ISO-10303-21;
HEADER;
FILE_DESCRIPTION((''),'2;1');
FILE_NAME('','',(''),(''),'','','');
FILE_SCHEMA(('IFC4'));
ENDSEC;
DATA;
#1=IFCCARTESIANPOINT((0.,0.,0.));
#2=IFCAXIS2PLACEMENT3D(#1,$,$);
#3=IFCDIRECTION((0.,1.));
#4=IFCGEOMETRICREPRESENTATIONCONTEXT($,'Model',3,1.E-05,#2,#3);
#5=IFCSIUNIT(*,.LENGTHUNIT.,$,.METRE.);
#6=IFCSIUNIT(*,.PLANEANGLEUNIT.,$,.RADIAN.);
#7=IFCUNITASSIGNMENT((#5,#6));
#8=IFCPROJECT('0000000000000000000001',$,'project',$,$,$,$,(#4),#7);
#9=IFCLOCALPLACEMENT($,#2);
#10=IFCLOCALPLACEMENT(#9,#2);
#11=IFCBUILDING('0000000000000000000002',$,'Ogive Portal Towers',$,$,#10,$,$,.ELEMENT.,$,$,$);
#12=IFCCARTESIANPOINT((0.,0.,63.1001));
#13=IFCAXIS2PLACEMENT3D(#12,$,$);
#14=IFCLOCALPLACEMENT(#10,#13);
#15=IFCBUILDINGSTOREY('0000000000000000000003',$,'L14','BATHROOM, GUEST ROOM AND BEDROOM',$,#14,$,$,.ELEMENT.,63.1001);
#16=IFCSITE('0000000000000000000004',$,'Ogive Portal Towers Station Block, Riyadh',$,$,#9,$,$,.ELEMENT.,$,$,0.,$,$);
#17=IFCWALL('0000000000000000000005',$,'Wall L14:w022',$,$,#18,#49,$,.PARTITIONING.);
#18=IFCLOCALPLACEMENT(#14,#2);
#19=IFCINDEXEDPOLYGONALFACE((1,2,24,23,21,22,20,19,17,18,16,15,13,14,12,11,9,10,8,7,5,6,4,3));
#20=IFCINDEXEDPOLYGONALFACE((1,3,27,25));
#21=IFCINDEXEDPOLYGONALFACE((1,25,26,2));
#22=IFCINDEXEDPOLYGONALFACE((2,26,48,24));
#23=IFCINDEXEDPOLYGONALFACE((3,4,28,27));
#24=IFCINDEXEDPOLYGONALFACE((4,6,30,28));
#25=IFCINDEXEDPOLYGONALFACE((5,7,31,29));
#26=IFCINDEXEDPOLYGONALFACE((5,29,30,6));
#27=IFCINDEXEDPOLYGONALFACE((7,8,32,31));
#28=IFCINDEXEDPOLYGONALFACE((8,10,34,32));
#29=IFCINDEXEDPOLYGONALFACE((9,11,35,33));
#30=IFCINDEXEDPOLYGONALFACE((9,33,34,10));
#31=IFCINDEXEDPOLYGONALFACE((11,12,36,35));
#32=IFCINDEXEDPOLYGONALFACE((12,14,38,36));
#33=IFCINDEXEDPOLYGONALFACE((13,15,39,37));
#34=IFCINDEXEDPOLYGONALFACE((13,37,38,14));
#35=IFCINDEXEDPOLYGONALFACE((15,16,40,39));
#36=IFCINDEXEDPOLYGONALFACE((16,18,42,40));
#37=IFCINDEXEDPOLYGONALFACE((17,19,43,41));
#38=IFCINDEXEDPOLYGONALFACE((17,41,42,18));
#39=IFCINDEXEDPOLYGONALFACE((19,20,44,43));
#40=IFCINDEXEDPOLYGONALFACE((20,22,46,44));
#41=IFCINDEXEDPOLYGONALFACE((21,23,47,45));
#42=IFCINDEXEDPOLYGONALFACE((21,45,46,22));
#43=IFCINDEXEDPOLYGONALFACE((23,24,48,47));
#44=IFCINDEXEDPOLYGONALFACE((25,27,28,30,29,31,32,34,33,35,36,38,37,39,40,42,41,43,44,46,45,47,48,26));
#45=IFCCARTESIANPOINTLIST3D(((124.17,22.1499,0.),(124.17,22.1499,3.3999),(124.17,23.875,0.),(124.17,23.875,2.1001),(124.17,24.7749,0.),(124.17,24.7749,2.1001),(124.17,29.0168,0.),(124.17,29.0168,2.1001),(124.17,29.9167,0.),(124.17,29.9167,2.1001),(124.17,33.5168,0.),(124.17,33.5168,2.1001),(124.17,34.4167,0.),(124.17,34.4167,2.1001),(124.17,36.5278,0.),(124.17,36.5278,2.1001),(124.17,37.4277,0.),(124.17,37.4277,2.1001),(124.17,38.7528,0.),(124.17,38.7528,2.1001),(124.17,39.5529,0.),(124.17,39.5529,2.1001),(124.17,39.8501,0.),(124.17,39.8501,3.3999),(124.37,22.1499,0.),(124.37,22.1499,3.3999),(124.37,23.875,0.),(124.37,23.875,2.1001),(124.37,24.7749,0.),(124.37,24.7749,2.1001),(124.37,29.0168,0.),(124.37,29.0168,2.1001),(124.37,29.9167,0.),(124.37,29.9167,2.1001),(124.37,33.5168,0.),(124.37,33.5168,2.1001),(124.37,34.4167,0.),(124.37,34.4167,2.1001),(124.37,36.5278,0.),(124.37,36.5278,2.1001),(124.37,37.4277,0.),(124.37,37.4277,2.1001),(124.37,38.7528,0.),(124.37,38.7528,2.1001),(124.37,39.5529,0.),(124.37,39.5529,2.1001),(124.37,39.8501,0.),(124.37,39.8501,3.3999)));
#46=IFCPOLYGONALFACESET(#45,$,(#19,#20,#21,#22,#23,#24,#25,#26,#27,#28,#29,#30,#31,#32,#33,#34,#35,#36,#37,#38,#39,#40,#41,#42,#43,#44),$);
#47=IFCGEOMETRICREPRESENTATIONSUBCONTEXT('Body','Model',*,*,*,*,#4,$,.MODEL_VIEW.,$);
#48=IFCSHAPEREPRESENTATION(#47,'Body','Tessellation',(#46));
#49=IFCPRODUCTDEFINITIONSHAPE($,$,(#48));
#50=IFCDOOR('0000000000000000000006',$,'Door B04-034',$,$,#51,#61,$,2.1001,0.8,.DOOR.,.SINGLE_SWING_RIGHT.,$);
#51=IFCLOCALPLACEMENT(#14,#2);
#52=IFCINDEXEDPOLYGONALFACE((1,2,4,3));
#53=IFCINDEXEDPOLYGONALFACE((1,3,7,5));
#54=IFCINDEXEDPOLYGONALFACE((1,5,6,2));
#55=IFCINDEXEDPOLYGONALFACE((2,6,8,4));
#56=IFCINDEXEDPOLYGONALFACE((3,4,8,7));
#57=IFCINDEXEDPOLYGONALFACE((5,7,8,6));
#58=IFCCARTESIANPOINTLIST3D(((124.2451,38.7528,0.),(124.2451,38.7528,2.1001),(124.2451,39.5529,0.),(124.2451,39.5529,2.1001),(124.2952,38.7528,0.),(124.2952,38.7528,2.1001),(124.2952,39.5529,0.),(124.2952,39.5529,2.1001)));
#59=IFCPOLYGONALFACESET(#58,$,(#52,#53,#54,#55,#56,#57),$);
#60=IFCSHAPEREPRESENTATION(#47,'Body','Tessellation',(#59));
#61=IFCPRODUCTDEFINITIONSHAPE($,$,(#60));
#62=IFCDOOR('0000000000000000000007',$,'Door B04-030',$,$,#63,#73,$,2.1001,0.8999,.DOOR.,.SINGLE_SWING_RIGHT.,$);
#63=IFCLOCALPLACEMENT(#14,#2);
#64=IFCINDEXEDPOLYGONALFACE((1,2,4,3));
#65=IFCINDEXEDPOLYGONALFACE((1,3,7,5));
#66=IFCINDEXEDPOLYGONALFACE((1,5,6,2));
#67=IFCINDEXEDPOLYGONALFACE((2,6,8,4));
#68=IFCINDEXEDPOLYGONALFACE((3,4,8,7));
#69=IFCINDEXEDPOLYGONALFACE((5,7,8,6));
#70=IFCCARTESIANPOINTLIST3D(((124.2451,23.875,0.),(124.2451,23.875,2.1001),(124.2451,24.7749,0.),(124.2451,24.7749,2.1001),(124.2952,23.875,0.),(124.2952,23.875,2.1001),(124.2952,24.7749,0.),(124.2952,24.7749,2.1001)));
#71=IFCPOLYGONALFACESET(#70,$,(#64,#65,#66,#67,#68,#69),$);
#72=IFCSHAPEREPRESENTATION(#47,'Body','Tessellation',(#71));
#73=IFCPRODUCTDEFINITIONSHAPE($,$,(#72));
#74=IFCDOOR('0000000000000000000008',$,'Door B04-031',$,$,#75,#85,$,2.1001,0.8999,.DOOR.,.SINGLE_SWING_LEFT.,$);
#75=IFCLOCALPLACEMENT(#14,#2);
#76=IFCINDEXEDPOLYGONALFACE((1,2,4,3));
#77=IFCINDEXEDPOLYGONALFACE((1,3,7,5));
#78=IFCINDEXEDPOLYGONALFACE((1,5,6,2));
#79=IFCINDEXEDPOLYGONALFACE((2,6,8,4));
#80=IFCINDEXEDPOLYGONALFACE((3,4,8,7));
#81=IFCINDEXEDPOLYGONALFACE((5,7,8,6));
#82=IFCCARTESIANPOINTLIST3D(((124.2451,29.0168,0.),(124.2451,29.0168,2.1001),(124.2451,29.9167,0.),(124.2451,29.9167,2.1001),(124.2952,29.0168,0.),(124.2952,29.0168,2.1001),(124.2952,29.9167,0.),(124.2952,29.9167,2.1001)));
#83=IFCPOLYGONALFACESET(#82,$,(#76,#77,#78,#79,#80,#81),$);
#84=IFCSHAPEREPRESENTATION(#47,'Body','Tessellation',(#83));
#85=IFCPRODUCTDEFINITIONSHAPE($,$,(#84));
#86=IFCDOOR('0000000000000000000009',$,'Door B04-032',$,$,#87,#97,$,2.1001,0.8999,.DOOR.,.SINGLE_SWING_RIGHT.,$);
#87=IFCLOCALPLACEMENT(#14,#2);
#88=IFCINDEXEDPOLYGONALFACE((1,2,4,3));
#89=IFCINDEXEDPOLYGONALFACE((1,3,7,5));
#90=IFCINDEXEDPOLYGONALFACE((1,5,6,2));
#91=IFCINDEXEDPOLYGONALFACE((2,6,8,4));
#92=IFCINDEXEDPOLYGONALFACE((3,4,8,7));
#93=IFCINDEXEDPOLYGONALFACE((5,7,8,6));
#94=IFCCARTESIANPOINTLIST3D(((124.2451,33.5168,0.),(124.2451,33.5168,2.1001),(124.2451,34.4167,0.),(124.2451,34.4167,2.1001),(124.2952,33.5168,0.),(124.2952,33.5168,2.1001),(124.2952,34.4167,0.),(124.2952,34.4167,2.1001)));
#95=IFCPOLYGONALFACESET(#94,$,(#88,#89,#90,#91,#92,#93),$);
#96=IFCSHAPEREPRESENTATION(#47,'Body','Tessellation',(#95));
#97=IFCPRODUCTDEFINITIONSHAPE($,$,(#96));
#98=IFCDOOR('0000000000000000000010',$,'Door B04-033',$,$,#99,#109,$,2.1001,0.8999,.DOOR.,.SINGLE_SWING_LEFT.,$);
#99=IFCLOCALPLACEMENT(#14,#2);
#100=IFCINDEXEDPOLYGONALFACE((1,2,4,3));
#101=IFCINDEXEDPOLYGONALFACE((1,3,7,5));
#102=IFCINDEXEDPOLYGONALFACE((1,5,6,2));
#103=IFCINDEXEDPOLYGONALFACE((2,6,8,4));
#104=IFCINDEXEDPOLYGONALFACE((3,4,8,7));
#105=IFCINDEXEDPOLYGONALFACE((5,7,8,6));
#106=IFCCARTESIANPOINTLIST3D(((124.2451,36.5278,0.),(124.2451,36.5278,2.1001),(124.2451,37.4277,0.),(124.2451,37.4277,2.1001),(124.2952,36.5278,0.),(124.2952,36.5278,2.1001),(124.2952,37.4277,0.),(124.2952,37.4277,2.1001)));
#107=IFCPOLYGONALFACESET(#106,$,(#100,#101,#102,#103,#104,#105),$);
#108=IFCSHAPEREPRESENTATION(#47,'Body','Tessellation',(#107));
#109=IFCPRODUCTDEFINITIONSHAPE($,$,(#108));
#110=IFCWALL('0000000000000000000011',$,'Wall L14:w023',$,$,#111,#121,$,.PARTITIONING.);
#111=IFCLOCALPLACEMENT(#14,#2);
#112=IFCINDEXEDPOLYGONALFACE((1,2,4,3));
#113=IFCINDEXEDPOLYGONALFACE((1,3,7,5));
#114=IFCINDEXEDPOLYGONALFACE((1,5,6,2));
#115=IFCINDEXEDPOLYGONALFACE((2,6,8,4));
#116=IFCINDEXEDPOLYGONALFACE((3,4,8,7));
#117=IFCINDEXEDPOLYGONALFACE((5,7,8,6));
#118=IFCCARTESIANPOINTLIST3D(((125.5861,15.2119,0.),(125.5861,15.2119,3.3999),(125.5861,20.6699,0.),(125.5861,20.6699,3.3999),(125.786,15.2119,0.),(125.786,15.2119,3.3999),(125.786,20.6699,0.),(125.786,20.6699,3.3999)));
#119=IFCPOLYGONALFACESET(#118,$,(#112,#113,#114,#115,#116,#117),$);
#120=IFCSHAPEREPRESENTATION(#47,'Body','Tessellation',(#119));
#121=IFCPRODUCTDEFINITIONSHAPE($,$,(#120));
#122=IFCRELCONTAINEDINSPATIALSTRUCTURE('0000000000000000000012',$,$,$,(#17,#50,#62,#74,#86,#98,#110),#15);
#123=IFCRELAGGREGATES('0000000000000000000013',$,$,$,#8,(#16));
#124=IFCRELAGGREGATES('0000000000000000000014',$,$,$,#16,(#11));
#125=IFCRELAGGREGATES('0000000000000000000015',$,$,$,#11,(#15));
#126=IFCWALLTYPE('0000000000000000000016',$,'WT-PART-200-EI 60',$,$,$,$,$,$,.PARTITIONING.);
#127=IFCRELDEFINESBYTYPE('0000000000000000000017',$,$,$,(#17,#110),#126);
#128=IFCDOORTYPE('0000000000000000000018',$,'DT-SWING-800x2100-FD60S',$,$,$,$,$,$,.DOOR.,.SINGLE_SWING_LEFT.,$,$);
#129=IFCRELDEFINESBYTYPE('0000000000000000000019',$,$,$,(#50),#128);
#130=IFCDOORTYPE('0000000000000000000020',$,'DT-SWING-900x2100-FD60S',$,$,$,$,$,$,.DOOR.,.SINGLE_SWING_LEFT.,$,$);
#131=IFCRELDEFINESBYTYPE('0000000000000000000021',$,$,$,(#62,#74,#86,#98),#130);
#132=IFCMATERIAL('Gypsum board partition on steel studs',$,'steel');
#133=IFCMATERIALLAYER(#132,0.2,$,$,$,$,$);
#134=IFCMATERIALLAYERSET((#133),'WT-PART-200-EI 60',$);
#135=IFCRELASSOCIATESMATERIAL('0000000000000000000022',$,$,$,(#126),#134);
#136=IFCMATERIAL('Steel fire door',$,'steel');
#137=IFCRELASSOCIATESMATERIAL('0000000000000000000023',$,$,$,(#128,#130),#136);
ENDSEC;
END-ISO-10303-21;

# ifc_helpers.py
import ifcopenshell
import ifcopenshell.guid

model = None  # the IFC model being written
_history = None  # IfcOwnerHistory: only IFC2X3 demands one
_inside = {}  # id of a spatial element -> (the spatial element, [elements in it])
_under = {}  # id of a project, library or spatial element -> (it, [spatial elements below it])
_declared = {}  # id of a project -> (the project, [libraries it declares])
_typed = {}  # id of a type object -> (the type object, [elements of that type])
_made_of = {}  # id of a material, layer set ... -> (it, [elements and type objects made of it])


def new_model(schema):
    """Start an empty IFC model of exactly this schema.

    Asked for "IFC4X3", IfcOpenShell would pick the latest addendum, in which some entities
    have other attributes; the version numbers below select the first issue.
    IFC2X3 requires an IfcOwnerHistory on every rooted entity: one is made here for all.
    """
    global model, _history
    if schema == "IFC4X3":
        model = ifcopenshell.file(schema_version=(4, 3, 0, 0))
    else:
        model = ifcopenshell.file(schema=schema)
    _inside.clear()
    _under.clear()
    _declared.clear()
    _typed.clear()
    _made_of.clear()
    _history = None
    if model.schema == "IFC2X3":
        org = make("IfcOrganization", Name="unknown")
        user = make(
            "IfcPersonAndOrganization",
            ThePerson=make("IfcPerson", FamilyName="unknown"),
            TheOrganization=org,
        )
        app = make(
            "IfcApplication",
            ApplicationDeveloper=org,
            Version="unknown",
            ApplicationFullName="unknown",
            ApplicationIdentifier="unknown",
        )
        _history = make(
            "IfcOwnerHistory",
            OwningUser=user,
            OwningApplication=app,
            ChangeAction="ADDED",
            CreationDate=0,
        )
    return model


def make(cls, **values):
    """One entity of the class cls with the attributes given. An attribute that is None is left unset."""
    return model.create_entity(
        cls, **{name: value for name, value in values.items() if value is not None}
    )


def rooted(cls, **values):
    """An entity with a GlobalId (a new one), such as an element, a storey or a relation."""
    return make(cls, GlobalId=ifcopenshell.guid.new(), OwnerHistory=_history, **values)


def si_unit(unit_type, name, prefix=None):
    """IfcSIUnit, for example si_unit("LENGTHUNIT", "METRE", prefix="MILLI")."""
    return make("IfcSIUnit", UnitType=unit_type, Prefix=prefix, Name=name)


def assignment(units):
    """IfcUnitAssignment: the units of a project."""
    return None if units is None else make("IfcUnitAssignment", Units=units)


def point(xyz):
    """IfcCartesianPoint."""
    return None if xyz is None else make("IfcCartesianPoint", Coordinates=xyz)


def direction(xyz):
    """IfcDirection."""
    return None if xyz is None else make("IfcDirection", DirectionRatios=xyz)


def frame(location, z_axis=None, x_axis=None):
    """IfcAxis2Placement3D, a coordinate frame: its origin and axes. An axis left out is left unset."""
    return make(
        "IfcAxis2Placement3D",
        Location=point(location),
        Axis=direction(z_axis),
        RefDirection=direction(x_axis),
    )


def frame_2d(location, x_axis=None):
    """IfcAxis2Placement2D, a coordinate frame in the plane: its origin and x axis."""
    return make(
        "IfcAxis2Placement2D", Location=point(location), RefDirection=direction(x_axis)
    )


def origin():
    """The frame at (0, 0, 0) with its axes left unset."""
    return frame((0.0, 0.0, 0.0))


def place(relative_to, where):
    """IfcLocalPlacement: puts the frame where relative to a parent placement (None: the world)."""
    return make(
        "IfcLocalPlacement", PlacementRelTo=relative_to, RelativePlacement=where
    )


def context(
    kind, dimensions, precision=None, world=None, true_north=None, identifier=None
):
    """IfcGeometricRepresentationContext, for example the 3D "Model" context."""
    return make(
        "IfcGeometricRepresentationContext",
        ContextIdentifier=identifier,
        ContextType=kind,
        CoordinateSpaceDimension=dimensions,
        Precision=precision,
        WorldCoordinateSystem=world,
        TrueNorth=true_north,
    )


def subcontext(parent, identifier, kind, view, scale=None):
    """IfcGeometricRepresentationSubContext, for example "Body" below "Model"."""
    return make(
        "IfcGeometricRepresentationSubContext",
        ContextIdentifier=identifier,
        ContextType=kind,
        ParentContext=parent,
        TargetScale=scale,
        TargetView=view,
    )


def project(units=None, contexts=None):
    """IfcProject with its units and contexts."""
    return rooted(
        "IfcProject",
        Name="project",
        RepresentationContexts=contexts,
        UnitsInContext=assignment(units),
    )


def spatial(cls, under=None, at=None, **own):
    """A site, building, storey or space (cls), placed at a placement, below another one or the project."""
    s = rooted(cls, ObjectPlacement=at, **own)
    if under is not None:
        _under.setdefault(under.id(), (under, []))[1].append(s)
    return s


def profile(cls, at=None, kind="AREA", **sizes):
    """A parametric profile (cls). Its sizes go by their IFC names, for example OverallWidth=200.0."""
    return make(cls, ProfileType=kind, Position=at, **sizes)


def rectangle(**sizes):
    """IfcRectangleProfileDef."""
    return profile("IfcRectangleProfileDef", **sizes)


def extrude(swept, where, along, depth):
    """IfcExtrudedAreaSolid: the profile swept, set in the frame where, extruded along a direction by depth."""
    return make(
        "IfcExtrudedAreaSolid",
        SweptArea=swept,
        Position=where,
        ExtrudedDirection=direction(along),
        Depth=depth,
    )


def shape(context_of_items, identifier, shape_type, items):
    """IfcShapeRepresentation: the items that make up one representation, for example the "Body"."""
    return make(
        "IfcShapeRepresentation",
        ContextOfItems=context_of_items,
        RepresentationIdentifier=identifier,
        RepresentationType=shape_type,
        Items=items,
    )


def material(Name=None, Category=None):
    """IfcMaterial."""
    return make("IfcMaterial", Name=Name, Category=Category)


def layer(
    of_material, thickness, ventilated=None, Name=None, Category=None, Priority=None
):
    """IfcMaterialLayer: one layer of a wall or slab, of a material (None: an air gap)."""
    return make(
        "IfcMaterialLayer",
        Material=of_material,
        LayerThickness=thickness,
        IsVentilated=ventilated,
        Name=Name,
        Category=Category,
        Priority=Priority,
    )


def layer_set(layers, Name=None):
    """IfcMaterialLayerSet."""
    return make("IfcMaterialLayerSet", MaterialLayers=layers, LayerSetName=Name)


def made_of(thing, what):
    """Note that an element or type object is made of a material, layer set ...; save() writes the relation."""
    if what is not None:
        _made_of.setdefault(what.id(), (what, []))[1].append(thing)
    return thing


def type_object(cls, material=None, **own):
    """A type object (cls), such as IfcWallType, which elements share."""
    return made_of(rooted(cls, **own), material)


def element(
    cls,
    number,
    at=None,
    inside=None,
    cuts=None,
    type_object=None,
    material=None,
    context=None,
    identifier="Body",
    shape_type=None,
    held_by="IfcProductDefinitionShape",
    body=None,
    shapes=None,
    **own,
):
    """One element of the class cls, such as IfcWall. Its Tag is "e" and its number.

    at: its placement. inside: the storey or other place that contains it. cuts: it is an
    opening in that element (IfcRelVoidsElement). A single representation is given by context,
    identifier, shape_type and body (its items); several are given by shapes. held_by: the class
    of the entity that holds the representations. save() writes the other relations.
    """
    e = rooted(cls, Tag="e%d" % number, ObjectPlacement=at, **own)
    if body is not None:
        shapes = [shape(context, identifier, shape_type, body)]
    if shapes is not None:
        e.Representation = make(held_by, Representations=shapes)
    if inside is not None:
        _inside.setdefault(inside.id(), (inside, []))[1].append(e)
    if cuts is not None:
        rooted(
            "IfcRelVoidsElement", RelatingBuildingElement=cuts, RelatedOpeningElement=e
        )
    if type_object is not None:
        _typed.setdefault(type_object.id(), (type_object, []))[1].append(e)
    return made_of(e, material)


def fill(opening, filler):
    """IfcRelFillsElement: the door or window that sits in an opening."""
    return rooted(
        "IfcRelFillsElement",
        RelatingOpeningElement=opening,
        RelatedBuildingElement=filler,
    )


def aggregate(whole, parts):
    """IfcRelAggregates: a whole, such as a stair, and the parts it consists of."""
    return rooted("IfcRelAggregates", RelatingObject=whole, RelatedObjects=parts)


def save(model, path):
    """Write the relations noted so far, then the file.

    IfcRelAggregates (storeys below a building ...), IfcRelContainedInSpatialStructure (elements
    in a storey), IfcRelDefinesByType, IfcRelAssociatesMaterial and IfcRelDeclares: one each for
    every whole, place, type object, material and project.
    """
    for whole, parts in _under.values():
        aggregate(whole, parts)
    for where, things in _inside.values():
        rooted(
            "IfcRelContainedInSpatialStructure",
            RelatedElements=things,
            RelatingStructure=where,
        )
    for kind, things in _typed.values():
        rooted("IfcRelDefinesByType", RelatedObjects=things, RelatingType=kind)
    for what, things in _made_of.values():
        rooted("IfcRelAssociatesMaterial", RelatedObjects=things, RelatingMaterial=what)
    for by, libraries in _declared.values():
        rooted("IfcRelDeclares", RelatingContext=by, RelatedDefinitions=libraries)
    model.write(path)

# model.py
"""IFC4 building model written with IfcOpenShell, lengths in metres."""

from ifc_helpers import new_model, si_unit, direction, frame, frame_2d, origin, place, context, subcontext, project, spatial, rectangle, extrude, material, layer, layer_set, type_object, element, fill, save


model = new_model("IFC4")

# Units and contexts
model_context = context("Model", 3, precision=1e-05, world=origin(), true_north=direction((0.0, 1.0)))
body_context = subcontext(model_context, "Body", "Model", "MODEL_VIEW")
ifc_project = project(units=[si_unit("LENGTHUNIT", "METRE"), si_unit("PLANEANGLEUNIT", "RADIAN")], contexts=[model_context])

# Site, building, storey
site_placement = place(None, origin())
site = spatial("IfcSite", under=ifc_project, at=site_placement, Name="Ogive Portal Towers Station Block, Riyadh", CompositionType="ELEMENT", RefElevation=0.0)
building_placement = place(site_placement, origin())
building = spatial("IfcBuilding", under=site, at=building_placement, Name="Ogive Portal Towers", CompositionType="ELEMENT")
storey_placement = place(building_placement, frame((0.0, 0.0, 63.1001)))
storey = spatial("IfcBuildingStorey", under=building, at=storey_placement, Name="L14", Description="BATHROOM, GUEST ROOM AND BEDROOM", CompositionType="ELEMENT", Elevation=63.1001)

# Shared definitions
ifc_material_1 = material(Name="Steel fire door", Category="steel")

# Wall, openings, doors
ifc_material_2 = material(Name="Gypsum board partition on steel studs", Category="steel")
ifc_layer_1 = layer(ifc_material_2, 0.2)
ifc_layer_set_1 = layer_set([ifc_layer_1], Name="WT-PART-200-EI 60")
wall_type_1 = type_object("IfcWallType", Name="WT-PART-200-EI 60", PredefinedType="PARTITIONING", material=ifc_layer_set_1)
door_type_1 = type_object("IfcDoorType", Name="DT-SWING-800x2100-FD60S", OperationType="SINGLE_SWING_LEFT", PredefinedType="DOOR", material=ifc_material_1)
door_type_2 = type_object("IfcDoorType", Name="DT-SWING-900x2100-FD60S", OperationType="SINGLE_SWING_LEFT", PredefinedType="DOOR", material=ifc_material_1)
wall_1_placement = place(storey_placement, frame((124.27, 22.1499, 0.0), z_axis=(0.0, 0.0, 1.0), x_axis=(0.0, 1.0, 0.0)))
wall_1 = element("IfcWall", 1, at=wall_1_placement, inside=storey, type_object=wall_type_1, Name="Wall L14:w022", PredefinedType="PARTITIONING", context=body_context, shape_type="SweptSolid", body=[
    extrude(rectangle(XDim=17.7002, YDim=0.2, at=frame_2d((8.8501, 0.0))), origin(), (0.0, 0.0, 1.0), 3.3999),
])
opening_1_placement = place(wall_1_placement, frame((1.7251, 0.0, 0.0)))
opening_1 = element("IfcOpeningElement", 2, at=opening_1_placement, cuts=wall_1, PredefinedType="OPENING", context=body_context, shape_type="SweptSolid", body=[
    extrude(rectangle(XDim=0.8999, YDim=2.1001, at=frame_2d((0.45, 1.05))), frame((0.0, 0.1099, 0.0), z_axis=(0.0, -1.0, 0.0), x_axis=(1.0, 0.0, 0.0)), (0.0, 0.0, 1.0), 0.22),
])
opening_2_placement = place(wall_1_placement, frame((6.8669, 0.0, 0.0)))
opening_2 = element("IfcOpeningElement", 3, at=opening_2_placement, cuts=wall_1, PredefinedType="OPENING", context=body_context, shape_type="SweptSolid", body=[
    extrude(rectangle(XDim=0.8999, YDim=2.1001, at=frame_2d((0.45, 1.05))), frame((0.0, 0.1099, 0.0), z_axis=(0.0, -1.0, 0.0), x_axis=(1.0, 0.0, 0.0)), (0.0, 0.0, 1.0), 0.22),
])
opening_3_placement = place(wall_1_placement, frame((11.3669, 0.0, 0.0)))
opening_3 = element("IfcOpeningElement", 4, at=opening_3_placement, cuts=wall_1, PredefinedType="OPENING", context=body_context, shape_type="SweptSolid", body=[
    extrude(rectangle(XDim=0.8999, YDim=2.1001, at=frame_2d((0.45, 1.05))), frame((0.0, 0.1099, 0.0), z_axis=(0.0, -1.0, 0.0), x_axis=(1.0, 0.0, 0.0)), (0.0, 0.0, 1.0), 0.22),
])
opening_4_placement = place(wall_1_placement, frame((14.3779, 0.0, 0.0)))
opening_4 = element("IfcOpeningElement", 5, at=opening_4_placement, cuts=wall_1, PredefinedType="OPENING", context=body_context, shape_type="SweptSolid", body=[
    extrude(rectangle(XDim=0.8999, YDim=2.1001, at=frame_2d((0.45, 1.05))), frame((0.0, 0.1099, 0.0), z_axis=(0.0, -1.0, 0.0), x_axis=(1.0, 0.0, 0.0)), (0.0, 0.0, 1.0), 0.22),
])
opening_5_placement = place(wall_1_placement, frame((16.603, 0.0, 0.0)))
opening_5 = element("IfcOpeningElement", 6, at=opening_5_placement, cuts=wall_1, PredefinedType="OPENING", context=body_context, shape_type="SweptSolid", body=[
    extrude(rectangle(XDim=0.8, YDim=2.1001, at=frame_2d((0.3999, 1.05))), frame((0.0, 0.1099, 0.0), z_axis=(0.0, -1.0, 0.0), x_axis=(1.0, 0.0, 0.0)), (0.0, 0.0, 1.0), 0.22),
])
door_1_placement = place(opening_5_placement, origin())
door_1 = element("IfcDoor", 7, at=door_1_placement, inside=storey, type_object=door_type_1, Name="Door B04-034", OperationType="SINGLE_SWING_RIGHT", OverallHeight=2.1001, OverallWidth=0.8, PredefinedType="DOOR", context=body_context, shape_type="SweptSolid", body=[
    extrude(rectangle(XDim=0.8, YDim=2.1001, at=frame_2d((0.3999, 1.05))), frame((0.0, 0.0249, 0.0), z_axis=(0.0, -1.0, 0.0), x_axis=(1.0, 0.0, 0.0)), (0.0, 0.0, 1.0), 0.05),
])
fill(opening_5, door_1)
door_2_placement = place(opening_1_placement, origin())
door_2 = element("IfcDoor", 8, at=door_2_placement, inside=storey, type_object=door_type_2, Name="Door B04-030", OperationType="SINGLE_SWING_RIGHT", OverallHeight=2.1001, OverallWidth=0.8999, PredefinedType="DOOR", context=body_context, shape_type="SweptSolid", body=[
    extrude(rectangle(XDim=0.8999, YDim=2.1001, at=frame_2d((0.45, 1.05))), frame((0.0, 0.0249, 0.0), z_axis=(0.0, -1.0, 0.0), x_axis=(1.0, 0.0, 0.0)), (0.0, 0.0, 1.0), 0.05),
])
fill(opening_1, door_2)
door_3_placement = place(opening_2_placement, origin())
door_3 = element("IfcDoor", 9, at=door_3_placement, inside=storey, type_object=door_type_2, Name="Door B04-031", OperationType="SINGLE_SWING_LEFT", OverallHeight=2.1001, OverallWidth=0.8999, PredefinedType="DOOR", context=body_context, shape_type="SweptSolid", body=[
    extrude(rectangle(XDim=0.8999, YDim=2.1001, at=frame_2d((0.45, 1.05))), frame((0.0, 0.0249, 0.0), z_axis=(0.0, -1.0, 0.0), x_axis=(1.0, 0.0, 0.0)), (0.0, 0.0, 1.0), 0.05),
])
fill(opening_2, door_3)
door_4_placement = place(opening_3_placement, origin())
door_4 = element("IfcDoor", 10, at=door_4_placement, inside=storey, type_object=door_type_2, Name="Door B04-032", OperationType="SINGLE_SWING_RIGHT", OverallHeight=2.1001, OverallWidth=0.8999, PredefinedType="DOOR", context=body_context, shape_type="SweptSolid", body=[
    extrude(rectangle(XDim=0.8999, YDim=2.1001, at=frame_2d((0.45, 1.05))), frame((0.0, 0.0249, 0.0), z_axis=(0.0, -1.0, 0.0), x_axis=(1.0, 0.0, 0.0)), (0.0, 0.0, 1.0), 0.05),
])
fill(opening_3, door_4)
door_5_placement = place(opening_4_placement, origin())
door_5 = element("IfcDoor", 11, at=door_5_placement, inside=storey, type_object=door_type_2, Name="Door B04-033", OperationType="SINGLE_SWING_LEFT", OverallHeight=2.1001, OverallWidth=0.8999, PredefinedType="DOOR", context=body_context, shape_type="SweptSolid", body=[
    extrude(rectangle(XDim=0.8999, YDim=2.1001, at=frame_2d((0.45, 1.05))), frame((0.0, 0.0249, 0.0), z_axis=(0.0, -1.0, 0.0), x_axis=(1.0, 0.0, 0.0)), (0.0, 0.0, 1.0), 0.05),
])
fill(opening_4, door_5)

# Wall
wall_2_placement = place(storey_placement, frame((125.686, 15.2119, 0.0), z_axis=(0.0, 0.0, 1.0), x_axis=(0.0, 1.0, 0.0)))
element("IfcWall", 12, at=wall_2_placement, inside=storey, type_object=wall_type_1, Name="Wall L14:w023", PredefinedType="PARTITIONING", context=body_context, shape_type="SweptSolid", body=[
    extrude(rectangle(XDim=5.458, YDim=0.2, at=frame_2d((2.729, 0.0))), origin(), (0.0, 0.0, 1.0), 3.3999),
])

save(model, "model.ifc")
